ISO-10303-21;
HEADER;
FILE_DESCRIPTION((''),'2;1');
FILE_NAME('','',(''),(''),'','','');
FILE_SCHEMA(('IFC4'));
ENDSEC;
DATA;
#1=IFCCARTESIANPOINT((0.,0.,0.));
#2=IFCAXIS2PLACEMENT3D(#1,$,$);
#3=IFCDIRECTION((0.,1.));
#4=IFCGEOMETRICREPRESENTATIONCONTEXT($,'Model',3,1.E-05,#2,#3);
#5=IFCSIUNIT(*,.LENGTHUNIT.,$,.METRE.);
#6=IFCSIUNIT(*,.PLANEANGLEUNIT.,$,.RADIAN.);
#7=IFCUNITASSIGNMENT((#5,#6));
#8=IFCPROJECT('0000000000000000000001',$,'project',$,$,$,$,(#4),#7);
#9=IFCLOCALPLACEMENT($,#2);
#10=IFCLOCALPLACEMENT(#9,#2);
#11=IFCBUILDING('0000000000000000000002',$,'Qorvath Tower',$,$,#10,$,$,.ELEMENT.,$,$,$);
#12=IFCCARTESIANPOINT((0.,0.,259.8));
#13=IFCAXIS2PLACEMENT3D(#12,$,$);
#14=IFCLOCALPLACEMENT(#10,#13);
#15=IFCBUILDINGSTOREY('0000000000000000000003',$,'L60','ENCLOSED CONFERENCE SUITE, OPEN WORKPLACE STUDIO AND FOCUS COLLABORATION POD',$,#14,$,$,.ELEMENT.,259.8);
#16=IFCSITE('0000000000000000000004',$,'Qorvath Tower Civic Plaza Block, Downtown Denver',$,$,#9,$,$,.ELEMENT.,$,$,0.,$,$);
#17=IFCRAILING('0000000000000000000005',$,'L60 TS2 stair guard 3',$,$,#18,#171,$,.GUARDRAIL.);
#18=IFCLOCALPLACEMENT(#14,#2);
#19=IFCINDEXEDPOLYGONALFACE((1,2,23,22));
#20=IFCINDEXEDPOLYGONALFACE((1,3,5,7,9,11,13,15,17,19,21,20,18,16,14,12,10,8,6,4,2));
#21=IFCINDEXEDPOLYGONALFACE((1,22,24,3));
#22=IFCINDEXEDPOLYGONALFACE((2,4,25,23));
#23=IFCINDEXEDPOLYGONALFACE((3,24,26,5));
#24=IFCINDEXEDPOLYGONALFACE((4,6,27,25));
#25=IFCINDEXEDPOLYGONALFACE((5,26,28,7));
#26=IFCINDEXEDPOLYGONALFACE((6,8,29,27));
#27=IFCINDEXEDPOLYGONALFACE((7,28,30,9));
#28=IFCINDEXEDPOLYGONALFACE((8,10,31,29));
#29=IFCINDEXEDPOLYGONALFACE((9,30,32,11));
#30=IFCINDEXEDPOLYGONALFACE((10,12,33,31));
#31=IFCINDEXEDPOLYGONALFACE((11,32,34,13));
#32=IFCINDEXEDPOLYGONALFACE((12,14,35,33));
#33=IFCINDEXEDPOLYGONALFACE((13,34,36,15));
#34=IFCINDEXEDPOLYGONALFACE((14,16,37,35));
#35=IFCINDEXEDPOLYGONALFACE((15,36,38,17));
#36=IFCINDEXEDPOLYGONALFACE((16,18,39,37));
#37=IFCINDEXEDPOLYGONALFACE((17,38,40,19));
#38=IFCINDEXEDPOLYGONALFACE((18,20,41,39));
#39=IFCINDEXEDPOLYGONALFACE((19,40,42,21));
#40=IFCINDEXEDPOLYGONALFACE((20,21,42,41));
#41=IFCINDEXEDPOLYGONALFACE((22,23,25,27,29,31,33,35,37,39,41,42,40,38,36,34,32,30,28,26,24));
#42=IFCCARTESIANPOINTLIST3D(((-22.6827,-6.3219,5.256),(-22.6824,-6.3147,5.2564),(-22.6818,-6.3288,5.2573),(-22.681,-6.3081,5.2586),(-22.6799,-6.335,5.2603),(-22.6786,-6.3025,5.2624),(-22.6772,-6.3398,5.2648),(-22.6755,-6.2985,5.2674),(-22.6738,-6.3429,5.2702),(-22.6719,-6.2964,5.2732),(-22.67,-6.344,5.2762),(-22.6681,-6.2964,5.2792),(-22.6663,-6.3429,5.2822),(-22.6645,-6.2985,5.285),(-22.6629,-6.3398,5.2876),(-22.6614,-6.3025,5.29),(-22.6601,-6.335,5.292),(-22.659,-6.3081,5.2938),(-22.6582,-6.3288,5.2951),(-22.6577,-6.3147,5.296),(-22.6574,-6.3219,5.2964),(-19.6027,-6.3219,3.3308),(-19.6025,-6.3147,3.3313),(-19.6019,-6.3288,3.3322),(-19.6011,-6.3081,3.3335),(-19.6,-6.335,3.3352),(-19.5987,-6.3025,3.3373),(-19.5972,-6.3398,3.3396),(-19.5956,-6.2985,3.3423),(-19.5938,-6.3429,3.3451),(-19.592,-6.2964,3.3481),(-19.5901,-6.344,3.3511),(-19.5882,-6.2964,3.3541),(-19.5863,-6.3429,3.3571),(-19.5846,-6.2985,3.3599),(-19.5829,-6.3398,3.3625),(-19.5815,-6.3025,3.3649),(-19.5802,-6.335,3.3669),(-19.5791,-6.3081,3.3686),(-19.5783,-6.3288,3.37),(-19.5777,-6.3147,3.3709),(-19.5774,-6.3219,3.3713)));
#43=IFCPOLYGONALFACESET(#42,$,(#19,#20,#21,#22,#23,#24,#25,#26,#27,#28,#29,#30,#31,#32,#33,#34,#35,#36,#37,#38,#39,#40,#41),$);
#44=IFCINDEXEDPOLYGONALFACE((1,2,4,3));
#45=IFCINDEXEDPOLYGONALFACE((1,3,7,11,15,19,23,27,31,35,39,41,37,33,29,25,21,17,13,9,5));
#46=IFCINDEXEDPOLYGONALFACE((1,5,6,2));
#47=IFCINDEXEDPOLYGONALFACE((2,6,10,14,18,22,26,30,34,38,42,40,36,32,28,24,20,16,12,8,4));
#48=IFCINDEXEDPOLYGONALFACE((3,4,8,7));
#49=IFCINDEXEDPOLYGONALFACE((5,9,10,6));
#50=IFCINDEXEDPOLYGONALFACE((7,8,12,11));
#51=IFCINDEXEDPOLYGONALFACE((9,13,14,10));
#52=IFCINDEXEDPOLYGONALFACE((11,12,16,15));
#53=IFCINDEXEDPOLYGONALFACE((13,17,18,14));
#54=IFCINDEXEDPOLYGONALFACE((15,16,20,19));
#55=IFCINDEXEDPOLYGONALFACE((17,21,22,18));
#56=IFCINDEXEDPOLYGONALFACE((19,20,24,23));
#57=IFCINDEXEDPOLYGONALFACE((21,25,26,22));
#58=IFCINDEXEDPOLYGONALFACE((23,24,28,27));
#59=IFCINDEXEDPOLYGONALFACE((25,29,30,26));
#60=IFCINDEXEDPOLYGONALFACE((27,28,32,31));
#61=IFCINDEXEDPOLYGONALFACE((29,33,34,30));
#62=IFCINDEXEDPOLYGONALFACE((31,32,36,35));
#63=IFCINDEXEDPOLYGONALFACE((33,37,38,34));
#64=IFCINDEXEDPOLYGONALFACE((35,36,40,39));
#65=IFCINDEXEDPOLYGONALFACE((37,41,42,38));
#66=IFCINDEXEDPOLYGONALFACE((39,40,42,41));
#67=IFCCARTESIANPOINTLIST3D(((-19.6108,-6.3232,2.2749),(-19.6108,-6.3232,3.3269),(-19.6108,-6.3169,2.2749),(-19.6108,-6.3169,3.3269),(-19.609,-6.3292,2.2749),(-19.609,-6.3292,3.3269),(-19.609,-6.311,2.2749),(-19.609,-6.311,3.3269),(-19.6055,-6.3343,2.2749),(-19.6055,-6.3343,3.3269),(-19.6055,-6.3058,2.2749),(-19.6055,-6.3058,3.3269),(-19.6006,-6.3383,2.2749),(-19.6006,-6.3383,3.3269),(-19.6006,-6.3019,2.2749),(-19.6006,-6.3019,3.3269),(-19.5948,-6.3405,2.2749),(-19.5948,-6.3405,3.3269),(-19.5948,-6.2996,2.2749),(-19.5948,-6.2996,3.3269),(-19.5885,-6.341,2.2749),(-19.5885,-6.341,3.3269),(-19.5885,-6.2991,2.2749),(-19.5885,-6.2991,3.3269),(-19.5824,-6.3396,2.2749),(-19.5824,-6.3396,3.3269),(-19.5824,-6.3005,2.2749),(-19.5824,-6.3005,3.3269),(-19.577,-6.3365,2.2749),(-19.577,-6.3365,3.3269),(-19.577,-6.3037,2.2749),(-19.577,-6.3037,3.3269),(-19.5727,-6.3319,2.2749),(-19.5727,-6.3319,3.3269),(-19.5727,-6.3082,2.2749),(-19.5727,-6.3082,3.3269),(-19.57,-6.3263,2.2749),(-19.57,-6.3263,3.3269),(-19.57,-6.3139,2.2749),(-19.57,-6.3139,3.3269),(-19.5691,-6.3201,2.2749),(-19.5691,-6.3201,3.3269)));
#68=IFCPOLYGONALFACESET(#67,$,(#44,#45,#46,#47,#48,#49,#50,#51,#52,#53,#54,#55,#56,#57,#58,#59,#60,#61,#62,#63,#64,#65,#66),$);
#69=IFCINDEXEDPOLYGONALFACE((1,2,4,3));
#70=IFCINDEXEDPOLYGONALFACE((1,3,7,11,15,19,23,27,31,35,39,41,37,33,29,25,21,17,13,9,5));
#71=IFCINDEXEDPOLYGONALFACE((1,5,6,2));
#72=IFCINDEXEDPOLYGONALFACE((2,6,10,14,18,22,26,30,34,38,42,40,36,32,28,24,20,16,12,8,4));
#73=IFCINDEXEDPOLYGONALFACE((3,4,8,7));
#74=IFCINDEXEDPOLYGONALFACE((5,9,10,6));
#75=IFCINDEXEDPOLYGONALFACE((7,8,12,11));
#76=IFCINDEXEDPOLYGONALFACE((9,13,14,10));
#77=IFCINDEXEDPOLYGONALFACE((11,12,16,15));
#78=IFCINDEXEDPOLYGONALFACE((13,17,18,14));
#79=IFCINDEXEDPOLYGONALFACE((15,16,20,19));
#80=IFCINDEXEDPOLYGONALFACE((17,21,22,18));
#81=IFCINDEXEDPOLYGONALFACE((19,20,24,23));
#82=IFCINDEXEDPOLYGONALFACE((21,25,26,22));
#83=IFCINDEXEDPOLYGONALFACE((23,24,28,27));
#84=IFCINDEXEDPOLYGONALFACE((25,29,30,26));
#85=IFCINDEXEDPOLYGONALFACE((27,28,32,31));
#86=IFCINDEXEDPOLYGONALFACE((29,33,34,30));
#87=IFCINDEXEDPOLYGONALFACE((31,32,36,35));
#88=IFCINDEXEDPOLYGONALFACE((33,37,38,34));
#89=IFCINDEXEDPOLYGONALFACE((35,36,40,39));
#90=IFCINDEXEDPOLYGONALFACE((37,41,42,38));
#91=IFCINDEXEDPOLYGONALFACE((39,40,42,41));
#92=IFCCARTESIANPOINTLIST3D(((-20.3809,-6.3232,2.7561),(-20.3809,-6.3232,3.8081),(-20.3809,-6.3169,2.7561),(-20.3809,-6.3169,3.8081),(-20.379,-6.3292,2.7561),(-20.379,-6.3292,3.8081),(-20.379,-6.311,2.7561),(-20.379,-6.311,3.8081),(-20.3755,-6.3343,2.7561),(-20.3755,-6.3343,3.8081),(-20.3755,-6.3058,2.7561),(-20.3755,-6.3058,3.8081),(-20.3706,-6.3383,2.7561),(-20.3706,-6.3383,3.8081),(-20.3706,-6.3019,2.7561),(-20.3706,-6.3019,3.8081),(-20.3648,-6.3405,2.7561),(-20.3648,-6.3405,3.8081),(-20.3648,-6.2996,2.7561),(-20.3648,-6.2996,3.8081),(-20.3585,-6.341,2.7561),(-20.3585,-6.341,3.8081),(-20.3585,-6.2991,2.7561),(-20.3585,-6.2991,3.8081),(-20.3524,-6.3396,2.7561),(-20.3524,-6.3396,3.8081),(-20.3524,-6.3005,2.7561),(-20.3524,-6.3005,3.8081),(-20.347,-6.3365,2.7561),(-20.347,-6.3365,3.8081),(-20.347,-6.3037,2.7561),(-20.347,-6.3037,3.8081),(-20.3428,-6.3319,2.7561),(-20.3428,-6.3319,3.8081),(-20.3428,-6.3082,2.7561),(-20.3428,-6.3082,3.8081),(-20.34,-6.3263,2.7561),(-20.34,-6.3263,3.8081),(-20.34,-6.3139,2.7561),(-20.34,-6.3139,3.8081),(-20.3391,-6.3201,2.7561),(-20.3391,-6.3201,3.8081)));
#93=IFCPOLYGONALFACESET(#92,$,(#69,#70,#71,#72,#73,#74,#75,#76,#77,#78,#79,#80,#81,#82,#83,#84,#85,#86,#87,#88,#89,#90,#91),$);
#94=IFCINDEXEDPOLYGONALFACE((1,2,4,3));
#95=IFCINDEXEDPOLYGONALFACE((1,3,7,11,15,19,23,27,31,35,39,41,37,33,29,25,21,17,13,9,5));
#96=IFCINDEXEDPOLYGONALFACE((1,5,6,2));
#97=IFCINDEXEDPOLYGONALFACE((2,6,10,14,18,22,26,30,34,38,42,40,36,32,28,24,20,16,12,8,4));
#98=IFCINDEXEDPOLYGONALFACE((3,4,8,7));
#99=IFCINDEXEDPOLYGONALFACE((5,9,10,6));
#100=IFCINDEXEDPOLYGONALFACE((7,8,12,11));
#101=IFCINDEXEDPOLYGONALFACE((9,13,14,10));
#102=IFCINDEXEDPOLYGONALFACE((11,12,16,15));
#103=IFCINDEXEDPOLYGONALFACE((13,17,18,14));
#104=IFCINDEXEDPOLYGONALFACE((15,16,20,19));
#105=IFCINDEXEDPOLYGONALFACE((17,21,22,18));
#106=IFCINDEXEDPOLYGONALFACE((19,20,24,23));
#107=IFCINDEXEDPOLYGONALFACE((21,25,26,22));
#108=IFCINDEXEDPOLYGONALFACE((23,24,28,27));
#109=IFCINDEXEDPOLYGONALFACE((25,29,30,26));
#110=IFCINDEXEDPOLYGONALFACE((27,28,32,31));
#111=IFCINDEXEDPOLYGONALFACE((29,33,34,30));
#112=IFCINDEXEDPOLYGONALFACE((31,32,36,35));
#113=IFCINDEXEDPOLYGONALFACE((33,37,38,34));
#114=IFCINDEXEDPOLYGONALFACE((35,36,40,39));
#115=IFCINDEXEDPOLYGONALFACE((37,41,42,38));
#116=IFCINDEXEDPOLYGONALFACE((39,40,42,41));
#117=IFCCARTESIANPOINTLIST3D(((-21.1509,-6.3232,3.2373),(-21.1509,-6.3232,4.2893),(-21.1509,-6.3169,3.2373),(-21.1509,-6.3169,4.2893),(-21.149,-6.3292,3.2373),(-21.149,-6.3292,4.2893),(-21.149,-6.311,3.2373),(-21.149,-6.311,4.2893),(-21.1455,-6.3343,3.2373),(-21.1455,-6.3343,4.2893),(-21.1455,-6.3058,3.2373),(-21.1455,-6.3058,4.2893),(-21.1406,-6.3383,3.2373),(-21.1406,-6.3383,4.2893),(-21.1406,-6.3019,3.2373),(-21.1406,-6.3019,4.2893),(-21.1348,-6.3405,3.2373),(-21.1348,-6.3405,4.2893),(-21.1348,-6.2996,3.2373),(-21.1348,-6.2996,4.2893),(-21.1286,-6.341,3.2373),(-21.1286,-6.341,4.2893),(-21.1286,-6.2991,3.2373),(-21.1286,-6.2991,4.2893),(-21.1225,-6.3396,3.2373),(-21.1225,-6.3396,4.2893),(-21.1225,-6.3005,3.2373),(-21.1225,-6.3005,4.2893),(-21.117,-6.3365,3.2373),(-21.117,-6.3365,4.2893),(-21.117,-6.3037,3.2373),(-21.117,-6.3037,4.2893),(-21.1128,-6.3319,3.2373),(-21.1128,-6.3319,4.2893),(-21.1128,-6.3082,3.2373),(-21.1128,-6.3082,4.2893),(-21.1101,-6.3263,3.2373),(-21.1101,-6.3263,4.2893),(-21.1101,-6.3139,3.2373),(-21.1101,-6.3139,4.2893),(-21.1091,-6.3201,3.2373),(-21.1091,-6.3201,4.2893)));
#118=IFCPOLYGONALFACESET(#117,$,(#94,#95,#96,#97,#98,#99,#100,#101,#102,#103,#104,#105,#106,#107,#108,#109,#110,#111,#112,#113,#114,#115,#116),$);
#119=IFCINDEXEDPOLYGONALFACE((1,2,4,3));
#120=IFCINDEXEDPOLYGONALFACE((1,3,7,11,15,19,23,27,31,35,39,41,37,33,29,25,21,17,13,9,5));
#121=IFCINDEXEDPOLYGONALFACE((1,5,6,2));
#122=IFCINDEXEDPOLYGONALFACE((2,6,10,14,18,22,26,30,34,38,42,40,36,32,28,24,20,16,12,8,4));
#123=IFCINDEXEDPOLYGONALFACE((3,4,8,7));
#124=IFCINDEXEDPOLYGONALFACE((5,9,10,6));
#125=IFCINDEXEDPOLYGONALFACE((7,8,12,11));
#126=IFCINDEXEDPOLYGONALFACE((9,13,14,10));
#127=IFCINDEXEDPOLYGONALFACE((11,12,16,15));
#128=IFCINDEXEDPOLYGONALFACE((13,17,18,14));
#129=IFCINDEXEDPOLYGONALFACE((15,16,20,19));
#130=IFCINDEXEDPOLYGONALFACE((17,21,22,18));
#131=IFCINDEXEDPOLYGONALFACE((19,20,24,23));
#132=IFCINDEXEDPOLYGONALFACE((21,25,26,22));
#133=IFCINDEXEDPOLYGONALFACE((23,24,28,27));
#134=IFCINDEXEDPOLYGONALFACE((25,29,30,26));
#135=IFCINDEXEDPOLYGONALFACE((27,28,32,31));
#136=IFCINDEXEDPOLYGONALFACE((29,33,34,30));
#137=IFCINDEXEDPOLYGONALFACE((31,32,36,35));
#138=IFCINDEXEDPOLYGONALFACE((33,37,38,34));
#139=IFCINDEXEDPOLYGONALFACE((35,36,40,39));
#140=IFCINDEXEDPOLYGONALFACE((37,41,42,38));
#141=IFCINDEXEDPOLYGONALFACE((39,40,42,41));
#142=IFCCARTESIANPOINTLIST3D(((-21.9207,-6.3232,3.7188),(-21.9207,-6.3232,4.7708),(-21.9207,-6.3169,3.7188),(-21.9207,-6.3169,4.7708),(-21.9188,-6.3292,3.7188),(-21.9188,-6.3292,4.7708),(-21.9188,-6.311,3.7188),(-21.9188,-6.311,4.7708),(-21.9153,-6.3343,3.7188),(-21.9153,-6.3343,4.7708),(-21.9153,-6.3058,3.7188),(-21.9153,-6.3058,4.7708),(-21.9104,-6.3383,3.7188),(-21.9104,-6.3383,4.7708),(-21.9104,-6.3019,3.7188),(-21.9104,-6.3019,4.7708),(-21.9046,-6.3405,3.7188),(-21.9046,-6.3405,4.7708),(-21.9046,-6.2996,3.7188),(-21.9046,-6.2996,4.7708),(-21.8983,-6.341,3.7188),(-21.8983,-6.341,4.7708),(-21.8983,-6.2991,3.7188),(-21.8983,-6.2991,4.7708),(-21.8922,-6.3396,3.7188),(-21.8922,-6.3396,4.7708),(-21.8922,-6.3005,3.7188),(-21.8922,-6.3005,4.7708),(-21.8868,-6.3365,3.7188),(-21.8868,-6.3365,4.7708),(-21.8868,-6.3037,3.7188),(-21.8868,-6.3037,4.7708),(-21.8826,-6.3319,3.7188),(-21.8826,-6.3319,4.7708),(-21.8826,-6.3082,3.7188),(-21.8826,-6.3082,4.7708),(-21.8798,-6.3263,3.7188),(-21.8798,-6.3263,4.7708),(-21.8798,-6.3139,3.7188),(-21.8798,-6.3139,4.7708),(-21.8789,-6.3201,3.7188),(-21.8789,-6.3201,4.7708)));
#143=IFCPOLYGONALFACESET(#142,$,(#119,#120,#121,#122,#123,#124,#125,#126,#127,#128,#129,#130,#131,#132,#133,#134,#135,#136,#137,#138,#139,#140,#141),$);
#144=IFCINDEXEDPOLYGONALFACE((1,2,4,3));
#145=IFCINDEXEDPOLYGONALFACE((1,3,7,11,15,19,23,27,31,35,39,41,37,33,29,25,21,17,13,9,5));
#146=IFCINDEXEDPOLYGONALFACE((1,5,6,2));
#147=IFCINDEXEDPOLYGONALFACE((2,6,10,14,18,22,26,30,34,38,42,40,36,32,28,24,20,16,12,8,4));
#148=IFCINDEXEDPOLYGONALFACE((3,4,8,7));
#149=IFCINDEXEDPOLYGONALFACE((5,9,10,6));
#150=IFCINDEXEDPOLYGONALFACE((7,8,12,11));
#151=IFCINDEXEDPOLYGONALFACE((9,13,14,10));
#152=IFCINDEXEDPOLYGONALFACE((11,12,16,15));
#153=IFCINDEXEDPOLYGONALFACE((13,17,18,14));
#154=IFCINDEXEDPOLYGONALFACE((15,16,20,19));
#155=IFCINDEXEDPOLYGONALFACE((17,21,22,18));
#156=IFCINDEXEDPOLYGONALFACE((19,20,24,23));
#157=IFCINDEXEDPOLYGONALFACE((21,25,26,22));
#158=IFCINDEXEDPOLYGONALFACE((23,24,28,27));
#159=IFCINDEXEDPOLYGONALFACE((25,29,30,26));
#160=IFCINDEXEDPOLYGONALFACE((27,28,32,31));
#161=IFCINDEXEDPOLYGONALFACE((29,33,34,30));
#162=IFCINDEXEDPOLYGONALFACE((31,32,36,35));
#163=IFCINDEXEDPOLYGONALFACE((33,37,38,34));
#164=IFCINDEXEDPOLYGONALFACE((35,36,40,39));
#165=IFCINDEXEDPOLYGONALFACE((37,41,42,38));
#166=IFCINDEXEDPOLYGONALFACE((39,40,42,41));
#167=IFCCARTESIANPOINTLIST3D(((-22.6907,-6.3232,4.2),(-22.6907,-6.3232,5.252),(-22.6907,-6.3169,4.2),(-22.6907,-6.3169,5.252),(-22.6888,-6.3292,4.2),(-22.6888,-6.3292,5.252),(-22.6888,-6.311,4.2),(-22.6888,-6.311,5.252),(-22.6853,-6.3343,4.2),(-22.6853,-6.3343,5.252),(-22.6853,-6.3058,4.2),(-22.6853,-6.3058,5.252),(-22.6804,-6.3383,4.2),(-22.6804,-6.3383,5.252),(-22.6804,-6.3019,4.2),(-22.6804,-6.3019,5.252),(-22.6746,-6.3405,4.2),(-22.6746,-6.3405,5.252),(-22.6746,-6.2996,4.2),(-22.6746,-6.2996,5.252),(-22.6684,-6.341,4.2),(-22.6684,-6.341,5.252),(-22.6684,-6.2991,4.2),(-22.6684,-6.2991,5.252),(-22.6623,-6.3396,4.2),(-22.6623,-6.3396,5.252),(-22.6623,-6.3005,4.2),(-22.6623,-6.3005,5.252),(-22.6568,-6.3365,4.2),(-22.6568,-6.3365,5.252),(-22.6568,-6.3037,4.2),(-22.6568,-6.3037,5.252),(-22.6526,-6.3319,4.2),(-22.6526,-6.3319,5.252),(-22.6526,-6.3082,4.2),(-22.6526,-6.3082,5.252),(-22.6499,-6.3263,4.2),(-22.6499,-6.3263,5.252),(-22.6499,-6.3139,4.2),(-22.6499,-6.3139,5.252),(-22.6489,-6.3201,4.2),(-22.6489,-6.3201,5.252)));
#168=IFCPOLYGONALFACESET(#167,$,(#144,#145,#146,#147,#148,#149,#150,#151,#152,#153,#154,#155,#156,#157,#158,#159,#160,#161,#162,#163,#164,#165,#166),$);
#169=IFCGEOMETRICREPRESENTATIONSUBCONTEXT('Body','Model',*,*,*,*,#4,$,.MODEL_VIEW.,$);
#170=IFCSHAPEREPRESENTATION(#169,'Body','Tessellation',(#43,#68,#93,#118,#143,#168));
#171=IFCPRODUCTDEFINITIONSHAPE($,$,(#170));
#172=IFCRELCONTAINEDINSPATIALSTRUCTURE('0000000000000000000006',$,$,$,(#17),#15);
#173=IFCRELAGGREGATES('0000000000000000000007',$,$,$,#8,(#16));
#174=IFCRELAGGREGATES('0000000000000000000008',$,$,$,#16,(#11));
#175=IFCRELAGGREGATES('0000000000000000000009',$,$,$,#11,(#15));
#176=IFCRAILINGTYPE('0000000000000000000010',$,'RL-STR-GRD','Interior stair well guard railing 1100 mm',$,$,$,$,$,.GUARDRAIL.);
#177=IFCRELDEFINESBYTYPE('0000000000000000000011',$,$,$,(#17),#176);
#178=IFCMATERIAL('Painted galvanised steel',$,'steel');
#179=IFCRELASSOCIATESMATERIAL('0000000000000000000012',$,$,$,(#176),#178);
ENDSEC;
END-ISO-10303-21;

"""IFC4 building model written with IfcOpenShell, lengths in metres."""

from ifc_helpers import new_model, si_unit, direction, frame, origin, origin_2d, place, context, subcontext, project, spatial, circle, extrude, material, type_object, element, save


model = new_model("IFC4")

# Units and contexts
model_context = context("Model", 3, precision=1e-05, world=origin(), true_north=direction((0.0, 1.0)))
body_context = subcontext(model_context, "Body", "Model", "MODEL_VIEW")
ifc_project = project(units=[si_unit("LENGTHUNIT", "METRE"), si_unit("PLANEANGLEUNIT", "RADIAN")], contexts=[model_context])

# Site, building, storey
site_placement = place(None, origin())
site = spatial("IfcSite", under=ifc_project, at=site_placement, Name="Qorvath Tower Civic Plaza Block, Downtown Denver", CompositionType="ELEMENT", RefElevation=0.0)
building_placement = place(site_placement, origin())
building = spatial("IfcBuilding", under=site, at=building_placement, Name="Qorvath Tower", CompositionType="ELEMENT")
storey_placement = place(building_placement, frame((0.0, 0.0, 259.8)))
storey = spatial("IfcBuildingStorey", under=building, at=storey_placement, Name="L60", Description="ENCLOSED CONFERENCE SUITE, OPEN WORKPLACE STUDIO AND FOCUS COLLABORATION POD", CompositionType="ELEMENT", Elevation=259.8)

# Railing
ifc_material_1 = material(Name="Painted galvanised steel", Category="steel")
railing_type_1 = type_object("IfcRailingType", Name="RL-STR-GRD", Description="Interior stair well guard railing 1100 mm", PredefinedType="GUARDRAIL", material=ifc_material_1)
railing_1_placement = place(storey_placement, frame((-19.5901, -6.3201, 2.2749)))
element("IfcRailing", 1, at=railing_1_placement, inside=storey, type_object=railing_type_1, Name="L60 TS2 stair guard 3", PredefinedType="GUARDRAIL", context=body_context, shape_type="SweptSolid", body=[
    extrude(circle(Radius=0.0239, at=origin_2d()), frame((0.0, 0.0, 1.0762), z_axis=(-0.847979, 0.0, 0.530029), x_axis=(0.0, -1.0, 0.0)), (0.0, 0.0, 1.0), 3.6321),
    extrude(circle(Radius=0.021, at=origin_2d()), origin(), (0.0, 0.0, 1.0), 1.052),
    extrude(circle(Radius=0.021, at=origin_2d()), frame((-0.77, 0.0, 0.4812)), (0.0, 0.0, 1.0), 1.052),
    extrude(circle(Radius=0.021, at=origin_2d()), frame((-1.54, 0.0, 0.9624)), (0.0, 0.0, 1.0), 1.052),
    extrude(circle(Radius=0.021, at=origin_2d()), frame((-2.3098, 0.0, 1.4438)), (0.0, 0.0, 1.0), 1.052),
    extrude(circle(Radius=0.021, at=origin_2d()), frame((-3.0798, 0.0, 1.925)), (0.0, 0.0, 1.0), 1.052),
])

save(model, "model.ifc")
